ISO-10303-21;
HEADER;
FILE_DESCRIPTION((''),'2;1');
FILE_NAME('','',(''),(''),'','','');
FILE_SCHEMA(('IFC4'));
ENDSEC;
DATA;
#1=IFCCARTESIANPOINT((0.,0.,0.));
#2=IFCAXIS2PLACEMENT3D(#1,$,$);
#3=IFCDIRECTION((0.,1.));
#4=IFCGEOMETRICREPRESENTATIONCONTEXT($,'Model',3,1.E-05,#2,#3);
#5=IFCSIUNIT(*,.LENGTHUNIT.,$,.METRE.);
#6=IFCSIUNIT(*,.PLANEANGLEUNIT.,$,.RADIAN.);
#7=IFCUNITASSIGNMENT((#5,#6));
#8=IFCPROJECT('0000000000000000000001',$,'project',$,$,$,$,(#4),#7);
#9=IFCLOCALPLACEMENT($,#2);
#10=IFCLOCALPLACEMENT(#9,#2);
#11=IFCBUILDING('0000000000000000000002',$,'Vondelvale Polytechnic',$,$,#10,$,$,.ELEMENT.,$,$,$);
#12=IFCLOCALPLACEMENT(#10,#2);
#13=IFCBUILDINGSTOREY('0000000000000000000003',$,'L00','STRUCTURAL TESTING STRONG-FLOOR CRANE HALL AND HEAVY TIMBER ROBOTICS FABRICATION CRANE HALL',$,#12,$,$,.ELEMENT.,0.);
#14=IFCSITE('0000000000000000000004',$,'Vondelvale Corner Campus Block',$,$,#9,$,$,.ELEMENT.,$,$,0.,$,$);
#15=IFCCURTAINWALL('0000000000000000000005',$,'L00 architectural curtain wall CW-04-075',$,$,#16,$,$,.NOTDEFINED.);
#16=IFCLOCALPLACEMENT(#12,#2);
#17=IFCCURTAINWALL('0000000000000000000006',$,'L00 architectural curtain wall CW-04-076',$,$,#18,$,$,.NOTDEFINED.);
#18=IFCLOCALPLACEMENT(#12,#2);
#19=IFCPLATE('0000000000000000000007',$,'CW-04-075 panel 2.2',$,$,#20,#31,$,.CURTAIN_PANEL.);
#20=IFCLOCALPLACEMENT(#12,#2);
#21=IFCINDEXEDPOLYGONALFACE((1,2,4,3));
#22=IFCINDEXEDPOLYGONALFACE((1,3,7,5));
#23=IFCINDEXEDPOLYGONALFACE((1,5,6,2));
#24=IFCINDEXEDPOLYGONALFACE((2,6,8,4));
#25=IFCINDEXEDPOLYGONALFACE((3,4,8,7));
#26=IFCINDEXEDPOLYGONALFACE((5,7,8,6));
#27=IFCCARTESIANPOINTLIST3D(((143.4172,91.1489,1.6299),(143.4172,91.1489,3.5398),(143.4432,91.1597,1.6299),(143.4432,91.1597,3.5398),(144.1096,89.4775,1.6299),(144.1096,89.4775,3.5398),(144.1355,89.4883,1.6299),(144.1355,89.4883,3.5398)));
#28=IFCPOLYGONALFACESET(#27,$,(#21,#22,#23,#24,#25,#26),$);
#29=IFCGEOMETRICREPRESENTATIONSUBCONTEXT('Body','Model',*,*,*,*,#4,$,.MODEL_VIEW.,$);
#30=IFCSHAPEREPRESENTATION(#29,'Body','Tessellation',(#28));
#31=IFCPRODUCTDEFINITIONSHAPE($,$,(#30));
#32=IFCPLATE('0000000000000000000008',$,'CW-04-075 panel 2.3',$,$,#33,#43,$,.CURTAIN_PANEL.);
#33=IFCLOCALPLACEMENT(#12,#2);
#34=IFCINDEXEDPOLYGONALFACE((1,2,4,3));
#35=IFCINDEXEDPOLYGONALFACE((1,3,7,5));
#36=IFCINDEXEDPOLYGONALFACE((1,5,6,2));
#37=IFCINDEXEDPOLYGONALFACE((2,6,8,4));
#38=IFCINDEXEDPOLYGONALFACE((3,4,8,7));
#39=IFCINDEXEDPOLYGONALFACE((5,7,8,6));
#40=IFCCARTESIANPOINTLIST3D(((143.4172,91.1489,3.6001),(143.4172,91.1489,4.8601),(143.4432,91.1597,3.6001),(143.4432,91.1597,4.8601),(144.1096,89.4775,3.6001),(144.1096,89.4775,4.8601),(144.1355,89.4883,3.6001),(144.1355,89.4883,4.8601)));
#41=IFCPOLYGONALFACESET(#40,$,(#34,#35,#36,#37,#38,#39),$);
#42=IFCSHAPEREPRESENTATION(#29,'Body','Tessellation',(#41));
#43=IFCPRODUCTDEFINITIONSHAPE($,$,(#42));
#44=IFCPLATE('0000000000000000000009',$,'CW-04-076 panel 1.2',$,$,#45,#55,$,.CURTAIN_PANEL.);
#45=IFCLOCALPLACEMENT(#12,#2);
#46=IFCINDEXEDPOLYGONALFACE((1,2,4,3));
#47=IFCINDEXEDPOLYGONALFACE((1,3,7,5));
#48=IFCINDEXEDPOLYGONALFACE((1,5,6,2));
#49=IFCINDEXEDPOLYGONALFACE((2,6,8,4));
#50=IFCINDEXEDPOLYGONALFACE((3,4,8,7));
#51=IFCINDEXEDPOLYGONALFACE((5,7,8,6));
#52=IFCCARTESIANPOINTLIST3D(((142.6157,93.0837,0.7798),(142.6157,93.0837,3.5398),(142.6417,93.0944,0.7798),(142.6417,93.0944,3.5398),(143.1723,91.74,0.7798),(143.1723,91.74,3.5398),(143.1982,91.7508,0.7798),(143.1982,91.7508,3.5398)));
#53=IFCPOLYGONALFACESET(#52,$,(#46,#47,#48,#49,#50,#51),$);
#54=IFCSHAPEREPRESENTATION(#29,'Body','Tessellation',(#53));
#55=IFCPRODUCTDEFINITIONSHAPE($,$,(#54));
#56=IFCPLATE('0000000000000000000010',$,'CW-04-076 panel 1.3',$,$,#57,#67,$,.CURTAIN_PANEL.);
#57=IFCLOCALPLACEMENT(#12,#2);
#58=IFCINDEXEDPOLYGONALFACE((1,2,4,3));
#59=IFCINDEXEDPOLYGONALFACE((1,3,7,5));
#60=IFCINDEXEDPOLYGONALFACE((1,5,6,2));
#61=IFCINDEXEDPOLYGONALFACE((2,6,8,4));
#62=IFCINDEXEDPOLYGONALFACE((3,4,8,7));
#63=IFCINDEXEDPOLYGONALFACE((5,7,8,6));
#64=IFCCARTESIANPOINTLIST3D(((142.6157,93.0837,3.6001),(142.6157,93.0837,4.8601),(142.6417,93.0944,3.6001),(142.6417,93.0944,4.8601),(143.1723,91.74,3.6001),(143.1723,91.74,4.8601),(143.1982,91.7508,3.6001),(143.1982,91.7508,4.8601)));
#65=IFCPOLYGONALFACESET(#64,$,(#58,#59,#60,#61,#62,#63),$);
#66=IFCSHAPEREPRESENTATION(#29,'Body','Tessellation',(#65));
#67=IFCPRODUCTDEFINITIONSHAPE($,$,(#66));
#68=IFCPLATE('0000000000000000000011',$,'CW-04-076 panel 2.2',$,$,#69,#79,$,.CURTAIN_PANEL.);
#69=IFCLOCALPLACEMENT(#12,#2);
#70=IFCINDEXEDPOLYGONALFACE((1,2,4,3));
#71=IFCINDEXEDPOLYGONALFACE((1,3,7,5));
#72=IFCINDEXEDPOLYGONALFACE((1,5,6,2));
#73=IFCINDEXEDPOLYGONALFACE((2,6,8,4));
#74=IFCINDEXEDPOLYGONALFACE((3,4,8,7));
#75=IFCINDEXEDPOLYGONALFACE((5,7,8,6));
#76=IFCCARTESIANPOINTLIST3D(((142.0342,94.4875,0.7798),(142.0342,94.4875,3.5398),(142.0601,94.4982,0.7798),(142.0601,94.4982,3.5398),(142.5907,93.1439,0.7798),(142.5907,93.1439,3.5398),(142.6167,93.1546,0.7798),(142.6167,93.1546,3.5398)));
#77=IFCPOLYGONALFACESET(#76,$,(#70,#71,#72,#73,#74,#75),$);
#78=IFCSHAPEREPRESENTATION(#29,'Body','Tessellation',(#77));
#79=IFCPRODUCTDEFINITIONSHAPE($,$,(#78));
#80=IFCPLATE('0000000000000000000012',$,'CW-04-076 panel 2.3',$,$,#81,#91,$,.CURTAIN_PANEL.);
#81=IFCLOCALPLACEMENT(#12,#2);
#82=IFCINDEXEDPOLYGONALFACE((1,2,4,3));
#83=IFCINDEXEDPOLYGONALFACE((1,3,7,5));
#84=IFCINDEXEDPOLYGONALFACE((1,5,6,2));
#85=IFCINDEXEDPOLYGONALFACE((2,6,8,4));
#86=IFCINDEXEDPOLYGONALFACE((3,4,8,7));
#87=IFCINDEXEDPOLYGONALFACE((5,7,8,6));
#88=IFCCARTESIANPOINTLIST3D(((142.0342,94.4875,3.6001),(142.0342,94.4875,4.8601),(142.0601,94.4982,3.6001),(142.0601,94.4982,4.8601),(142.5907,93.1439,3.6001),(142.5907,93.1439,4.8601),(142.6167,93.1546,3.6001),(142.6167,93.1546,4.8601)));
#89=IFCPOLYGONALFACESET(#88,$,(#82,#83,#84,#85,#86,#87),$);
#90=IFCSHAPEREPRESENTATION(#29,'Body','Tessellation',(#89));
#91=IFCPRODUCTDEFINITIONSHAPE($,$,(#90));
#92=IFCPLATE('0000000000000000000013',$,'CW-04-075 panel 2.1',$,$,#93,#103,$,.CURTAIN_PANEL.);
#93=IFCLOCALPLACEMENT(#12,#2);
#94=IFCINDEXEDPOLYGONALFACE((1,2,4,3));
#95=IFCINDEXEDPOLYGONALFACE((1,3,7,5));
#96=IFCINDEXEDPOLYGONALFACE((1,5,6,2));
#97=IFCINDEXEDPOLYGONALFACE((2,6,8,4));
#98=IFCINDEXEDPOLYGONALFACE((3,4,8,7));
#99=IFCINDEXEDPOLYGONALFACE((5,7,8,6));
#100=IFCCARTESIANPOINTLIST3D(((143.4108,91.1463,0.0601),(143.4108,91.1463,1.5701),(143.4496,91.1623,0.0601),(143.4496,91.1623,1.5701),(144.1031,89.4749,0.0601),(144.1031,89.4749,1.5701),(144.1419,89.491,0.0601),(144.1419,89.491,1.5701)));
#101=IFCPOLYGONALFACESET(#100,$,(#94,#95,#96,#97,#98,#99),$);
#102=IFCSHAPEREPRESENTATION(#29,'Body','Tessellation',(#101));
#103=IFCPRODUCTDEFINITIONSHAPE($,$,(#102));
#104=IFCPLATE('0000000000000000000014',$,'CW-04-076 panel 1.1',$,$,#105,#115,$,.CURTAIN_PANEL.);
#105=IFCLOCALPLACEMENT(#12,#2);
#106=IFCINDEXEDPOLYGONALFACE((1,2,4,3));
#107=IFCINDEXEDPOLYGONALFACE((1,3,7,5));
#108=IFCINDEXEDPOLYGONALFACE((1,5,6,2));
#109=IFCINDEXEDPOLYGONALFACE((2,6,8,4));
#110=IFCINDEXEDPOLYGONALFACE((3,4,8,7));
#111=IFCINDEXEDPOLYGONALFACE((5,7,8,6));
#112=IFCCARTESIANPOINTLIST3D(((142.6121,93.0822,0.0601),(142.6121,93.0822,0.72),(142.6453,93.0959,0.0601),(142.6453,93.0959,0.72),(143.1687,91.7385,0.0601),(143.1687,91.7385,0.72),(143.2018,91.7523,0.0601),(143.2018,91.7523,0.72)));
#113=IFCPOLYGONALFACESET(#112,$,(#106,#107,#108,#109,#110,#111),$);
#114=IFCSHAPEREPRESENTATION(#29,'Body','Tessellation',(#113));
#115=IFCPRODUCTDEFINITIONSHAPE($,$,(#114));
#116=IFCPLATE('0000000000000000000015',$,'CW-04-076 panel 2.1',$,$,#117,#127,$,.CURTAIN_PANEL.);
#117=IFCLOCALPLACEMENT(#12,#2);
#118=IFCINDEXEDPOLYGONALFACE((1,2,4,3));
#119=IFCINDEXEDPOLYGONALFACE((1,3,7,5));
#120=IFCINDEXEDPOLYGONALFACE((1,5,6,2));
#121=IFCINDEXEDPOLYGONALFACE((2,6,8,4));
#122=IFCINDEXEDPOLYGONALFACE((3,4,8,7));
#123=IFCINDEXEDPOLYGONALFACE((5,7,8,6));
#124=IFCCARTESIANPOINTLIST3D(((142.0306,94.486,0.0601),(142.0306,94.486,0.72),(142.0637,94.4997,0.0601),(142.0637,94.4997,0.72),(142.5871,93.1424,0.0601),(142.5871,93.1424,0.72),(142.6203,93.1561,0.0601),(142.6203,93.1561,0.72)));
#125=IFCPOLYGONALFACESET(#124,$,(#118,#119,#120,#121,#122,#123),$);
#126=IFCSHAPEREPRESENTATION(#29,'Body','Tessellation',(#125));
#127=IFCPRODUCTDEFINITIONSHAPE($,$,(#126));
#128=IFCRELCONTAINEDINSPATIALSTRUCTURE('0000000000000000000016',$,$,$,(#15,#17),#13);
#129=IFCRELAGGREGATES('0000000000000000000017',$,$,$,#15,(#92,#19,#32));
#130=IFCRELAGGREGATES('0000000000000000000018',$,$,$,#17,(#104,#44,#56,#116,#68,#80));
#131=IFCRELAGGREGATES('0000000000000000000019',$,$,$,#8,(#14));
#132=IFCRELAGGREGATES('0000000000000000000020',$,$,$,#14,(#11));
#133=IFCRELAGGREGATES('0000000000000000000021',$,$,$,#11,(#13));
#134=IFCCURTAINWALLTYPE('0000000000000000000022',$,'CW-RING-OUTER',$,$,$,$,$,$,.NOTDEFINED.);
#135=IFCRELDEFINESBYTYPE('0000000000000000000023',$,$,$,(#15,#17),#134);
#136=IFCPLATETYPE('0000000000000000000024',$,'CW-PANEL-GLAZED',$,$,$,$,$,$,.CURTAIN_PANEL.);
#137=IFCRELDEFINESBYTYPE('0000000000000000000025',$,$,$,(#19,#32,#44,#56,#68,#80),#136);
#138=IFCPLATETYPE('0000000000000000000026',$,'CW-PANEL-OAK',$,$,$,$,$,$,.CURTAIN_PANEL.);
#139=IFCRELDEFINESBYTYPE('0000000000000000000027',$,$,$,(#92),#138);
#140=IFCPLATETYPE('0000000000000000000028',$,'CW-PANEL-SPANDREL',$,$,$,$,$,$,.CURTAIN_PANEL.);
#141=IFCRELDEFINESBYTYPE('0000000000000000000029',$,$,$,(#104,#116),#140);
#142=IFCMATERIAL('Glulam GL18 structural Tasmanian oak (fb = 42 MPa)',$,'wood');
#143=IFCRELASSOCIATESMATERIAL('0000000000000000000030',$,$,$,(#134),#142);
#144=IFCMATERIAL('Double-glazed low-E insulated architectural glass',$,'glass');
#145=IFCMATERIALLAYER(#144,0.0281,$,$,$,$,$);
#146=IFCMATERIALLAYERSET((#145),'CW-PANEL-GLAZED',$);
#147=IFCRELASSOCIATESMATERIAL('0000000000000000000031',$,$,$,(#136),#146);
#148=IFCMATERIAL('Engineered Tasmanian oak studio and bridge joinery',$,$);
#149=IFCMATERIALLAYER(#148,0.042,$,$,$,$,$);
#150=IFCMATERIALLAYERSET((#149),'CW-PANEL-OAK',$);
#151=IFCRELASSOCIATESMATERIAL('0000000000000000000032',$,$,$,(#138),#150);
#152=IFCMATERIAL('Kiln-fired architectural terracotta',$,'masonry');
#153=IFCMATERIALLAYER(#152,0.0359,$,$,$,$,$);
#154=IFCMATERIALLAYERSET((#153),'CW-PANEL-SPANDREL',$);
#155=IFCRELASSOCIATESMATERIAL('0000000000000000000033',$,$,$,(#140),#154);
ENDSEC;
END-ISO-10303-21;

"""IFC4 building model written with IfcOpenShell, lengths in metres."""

from ifc_helpers import new_model, si_unit, direction, frame, origin, origin_2d, place, context, subcontext, project, spatial, rectangle, extrude, material, layer, layer_set, type_object, element, aggregate, save


model = new_model("IFC4")

# Units and contexts
model_context = context("Model", 3, precision=1e-05, world=origin(), true_north=direction((0.0, 1.0)))
body_context = subcontext(model_context, "Body", "Model", "MODEL_VIEW")
ifc_project = project(units=[si_unit("LENGTHUNIT", "METRE"), si_unit("PLANEANGLEUNIT", "RADIAN")], contexts=[model_context])

# Site, building, storey
site_placement = place(None, origin())
site = spatial("IfcSite", under=ifc_project, at=site_placement, Name="Vondelvale Corner Campus Block", CompositionType="ELEMENT", RefElevation=0.0)
building_placement = place(site_placement, origin())
building = spatial("IfcBuilding", under=site, at=building_placement, Name="Vondelvale Polytechnic", CompositionType="ELEMENT")
storey_placement = place(building_placement, origin())
storey = spatial("IfcBuildingStorey", under=building, at=storey_placement, Name="L00", Description="STRUCTURAL TESTING STRONG-FLOOR CRANE HALL AND HEAVY TIMBER ROBOTICS FABRICATION CRANE HALL", CompositionType="ELEMENT", Elevation=0.0)

# Shared definitions
ifc_material_1 = material(Name="Glulam GL18 structural Tasmanian oak (fb = 42 MPa)", Category="wood")

# Curtain wall
curtain_wall_type = type_object("IfcCurtainWallType", Name="CW-RING-OUTER", PredefinedType="NOTDEFINED", material=ifc_material_1)
curtain_wall_1_placement = place(storey_placement, origin())
curtain_wall_1 = element("IfcCurtainWall", 1, at=curtain_wall_1_placement, inside=storey, type_object=curtain_wall_type, Name="L00 architectural curtain wall CW-04-075", PredefinedType="NOTDEFINED")

# Curtain wall
curtain_wall_2_placement = place(storey_placement, origin())
curtain_wall_2 = element("IfcCurtainWall", 2, at=curtain_wall_2_placement, inside=storey, type_object=curtain_wall_type, Name="L00 architectural curtain wall CW-04-076", PredefinedType="NOTDEFINED")

# Plates
ifc_material_2 = material(Name="Double-glazed low-E insulated architectural glass", Category="glass")
ifc_layer_1 = layer(ifc_material_2, 0.0281)
ifc_layer_set_1 = layer_set([ifc_layer_1], Name="CW-PANEL-GLAZED")
plate_type_1 = type_object("IfcPlateType", Name="CW-PANEL-GLAZED", PredefinedType="CURTAIN_PANEL", material=ifc_layer_set_1)
plate_1_placement = place(storey_placement, frame((143.7764, 90.3186, 1.6299), z_axis=(0.0, 0.0, 1.0), x_axis=(-0.382695, 0.923875, 0.0)))
plate_1 = element("IfcPlate", 3, at=plate_1_placement, type_object=plate_type_1, Name="CW-04-075 panel 2.2", PredefinedType="CURTAIN_PANEL", context=body_context, shape_type="SweptSolid", body=[
    extrude(rectangle(XDim=1.8091, YDim=0.0281, at=origin_2d()), origin(), (0.0, 0.0, 1.0), 1.9099),
])
plate_2_placement = place(storey_placement, frame((143.7764, 90.3186, 3.6001), z_axis=(0.0, 0.0, 1.0), x_axis=(-0.382695, 0.923875, 0.0)))
plate_2 = element("IfcPlate", 4, at=plate_2_placement, type_object=plate_type_1, Name="CW-04-075 panel 2.3", PredefinedType="CURTAIN_PANEL", context=body_context, shape_type="SweptSolid", body=[
    extrude(rectangle(XDim=1.8091, YDim=0.0281, at=origin_2d()), origin(), (0.0, 0.0, 1.0), 1.26),
])
plate_3_placement = place(storey_placement, frame((142.907, 92.4172, 0.7798), z_axis=(0.0, 0.0, 1.0), x_axis=(-0.382679, 0.923881, 0.0)))
plate_3 = element("IfcPlate", 5, at=plate_3_placement, type_object=plate_type_1, Name="CW-04-076 panel 1.2", PredefinedType="CURTAIN_PANEL", context=body_context, shape_type="SweptSolid", body=[
    extrude(rectangle(XDim=1.4543, YDim=0.0281, at=origin_2d()), origin(), (0.0, 0.0, 1.0), 2.76),
])
plate_4_placement = place(storey_placement, frame((142.907, 92.4172, 3.6001), z_axis=(0.0, 0.0, 1.0), x_axis=(-0.382679, 0.923881, 0.0)))
plate_4 = element("IfcPlate", 6, at=plate_4_placement, type_object=plate_type_1, Name="CW-04-076 panel 1.3", PredefinedType="CURTAIN_PANEL", context=body_context, shape_type="SweptSolid", body=[
    extrude(rectangle(XDim=1.4543, YDim=0.0281, at=origin_2d()), origin(), (0.0, 0.0, 1.0), 1.26),
])
plate_5_placement = place(storey_placement, frame((142.3254, 93.821, 0.7798), z_axis=(0.0, 0.0, 1.0), x_axis=(-0.382679, 0.923881, 0.0)))
plate_5 = element("IfcPlate", 7, at=plate_5_placement, type_object=plate_type_1, Name="CW-04-076 panel 2.2", PredefinedType="CURTAIN_PANEL", context=body_context, shape_type="SweptSolid", body=[
    extrude(rectangle(XDim=1.4543, YDim=0.0281, at=origin_2d()), origin(), (0.0, 0.0, 1.0), 2.76),
])
plate_6_placement = place(storey_placement, frame((142.3254, 93.821, 3.6001), z_axis=(0.0, 0.0, 1.0), x_axis=(-0.382679, 0.923881, 0.0)))
plate_6 = element("IfcPlate", 8, at=plate_6_placement, type_object=plate_type_1, Name="CW-04-076 panel 2.3", PredefinedType="CURTAIN_PANEL", context=body_context, shape_type="SweptSolid", body=[
    extrude(rectangle(XDim=1.4543, YDim=0.0281, at=origin_2d()), origin(), (0.0, 0.0, 1.0), 1.26),
])
ifc_material_3 = material(Name="Engineered Tasmanian oak studio and bridge joinery")
ifc_layer_2 = layer(ifc_material_3, 0.042)
ifc_layer_set_2 = layer_set([ifc_layer_2], Name="CW-PANEL-OAK")
plate_type_2 = type_object("IfcPlateType", Name="CW-PANEL-OAK", PredefinedType="CURTAIN_PANEL", material=ifc_layer_set_2)
plate_7_placement = place(storey_placement, frame((143.7764, 90.3186, 0.0601), z_axis=(0.0, 0.0, 1.0), x_axis=(-0.382695, 0.923875, 0.0)))
plate_7 = element("IfcPlate", 9, at=plate_7_placement, type_object=plate_type_2, Name="CW-04-075 panel 2.1", PredefinedType="CURTAIN_PANEL", context=body_context, shape_type="SweptSolid", body=[
    extrude(rectangle(XDim=1.8091, YDim=0.042, at=origin_2d()), origin(), (0.0, 0.0, 1.0), 1.51),
])
aggregate(curtain_wall_1, [plate_7, plate_1, plate_2])
ifc_material_4 = material(Name="Kiln-fired architectural terracotta", Category="masonry")
ifc_layer_3 = layer(ifc_material_4, 0.0359)
ifc_layer_set_3 = layer_set([ifc_layer_3], Name="CW-PANEL-SPANDREL")
plate_type_3 = type_object("IfcPlateType", Name="CW-PANEL-SPANDREL", PredefinedType="CURTAIN_PANEL", material=ifc_layer_set_3)
plate_8_placement = place(storey_placement, frame((142.907, 92.4172, 0.0601), z_axis=(0.0, 0.0, 1.0), x_axis=(-0.382679, 0.923881, 0.0)))
plate_8 = element("IfcPlate", 10, at=plate_8_placement, type_object=plate_type_3, Name="CW-04-076 panel 1.1", PredefinedType="CURTAIN_PANEL", context=body_context, shape_type="SweptSolid", body=[
    extrude(rectangle(XDim=1.4543, YDim=0.0359, at=origin_2d()), origin(), (0.0, 0.0, 1.0), 0.6599),
])
plate_9_placement = place(storey_placement, frame((142.3254, 93.821, 0.0601), z_axis=(0.0, 0.0, 1.0), x_axis=(-0.382679, 0.923881, 0.0)))
plate_9 = element("IfcPlate", 11, at=plate_9_placement, type_object=plate_type_3, Name="CW-04-076 panel 2.1", PredefinedType="CURTAIN_PANEL", context=body_context, shape_type="SweptSolid", body=[
    extrude(rectangle(XDim=1.4543, YDim=0.0359, at=origin_2d()), origin(), (0.0, 0.0, 1.0), 0.6599),
])
aggregate(curtain_wall_2, [plate_8, plate_3, plate_4, plate_9, plate_5, plate_6])

save(model, "model.ifc")
